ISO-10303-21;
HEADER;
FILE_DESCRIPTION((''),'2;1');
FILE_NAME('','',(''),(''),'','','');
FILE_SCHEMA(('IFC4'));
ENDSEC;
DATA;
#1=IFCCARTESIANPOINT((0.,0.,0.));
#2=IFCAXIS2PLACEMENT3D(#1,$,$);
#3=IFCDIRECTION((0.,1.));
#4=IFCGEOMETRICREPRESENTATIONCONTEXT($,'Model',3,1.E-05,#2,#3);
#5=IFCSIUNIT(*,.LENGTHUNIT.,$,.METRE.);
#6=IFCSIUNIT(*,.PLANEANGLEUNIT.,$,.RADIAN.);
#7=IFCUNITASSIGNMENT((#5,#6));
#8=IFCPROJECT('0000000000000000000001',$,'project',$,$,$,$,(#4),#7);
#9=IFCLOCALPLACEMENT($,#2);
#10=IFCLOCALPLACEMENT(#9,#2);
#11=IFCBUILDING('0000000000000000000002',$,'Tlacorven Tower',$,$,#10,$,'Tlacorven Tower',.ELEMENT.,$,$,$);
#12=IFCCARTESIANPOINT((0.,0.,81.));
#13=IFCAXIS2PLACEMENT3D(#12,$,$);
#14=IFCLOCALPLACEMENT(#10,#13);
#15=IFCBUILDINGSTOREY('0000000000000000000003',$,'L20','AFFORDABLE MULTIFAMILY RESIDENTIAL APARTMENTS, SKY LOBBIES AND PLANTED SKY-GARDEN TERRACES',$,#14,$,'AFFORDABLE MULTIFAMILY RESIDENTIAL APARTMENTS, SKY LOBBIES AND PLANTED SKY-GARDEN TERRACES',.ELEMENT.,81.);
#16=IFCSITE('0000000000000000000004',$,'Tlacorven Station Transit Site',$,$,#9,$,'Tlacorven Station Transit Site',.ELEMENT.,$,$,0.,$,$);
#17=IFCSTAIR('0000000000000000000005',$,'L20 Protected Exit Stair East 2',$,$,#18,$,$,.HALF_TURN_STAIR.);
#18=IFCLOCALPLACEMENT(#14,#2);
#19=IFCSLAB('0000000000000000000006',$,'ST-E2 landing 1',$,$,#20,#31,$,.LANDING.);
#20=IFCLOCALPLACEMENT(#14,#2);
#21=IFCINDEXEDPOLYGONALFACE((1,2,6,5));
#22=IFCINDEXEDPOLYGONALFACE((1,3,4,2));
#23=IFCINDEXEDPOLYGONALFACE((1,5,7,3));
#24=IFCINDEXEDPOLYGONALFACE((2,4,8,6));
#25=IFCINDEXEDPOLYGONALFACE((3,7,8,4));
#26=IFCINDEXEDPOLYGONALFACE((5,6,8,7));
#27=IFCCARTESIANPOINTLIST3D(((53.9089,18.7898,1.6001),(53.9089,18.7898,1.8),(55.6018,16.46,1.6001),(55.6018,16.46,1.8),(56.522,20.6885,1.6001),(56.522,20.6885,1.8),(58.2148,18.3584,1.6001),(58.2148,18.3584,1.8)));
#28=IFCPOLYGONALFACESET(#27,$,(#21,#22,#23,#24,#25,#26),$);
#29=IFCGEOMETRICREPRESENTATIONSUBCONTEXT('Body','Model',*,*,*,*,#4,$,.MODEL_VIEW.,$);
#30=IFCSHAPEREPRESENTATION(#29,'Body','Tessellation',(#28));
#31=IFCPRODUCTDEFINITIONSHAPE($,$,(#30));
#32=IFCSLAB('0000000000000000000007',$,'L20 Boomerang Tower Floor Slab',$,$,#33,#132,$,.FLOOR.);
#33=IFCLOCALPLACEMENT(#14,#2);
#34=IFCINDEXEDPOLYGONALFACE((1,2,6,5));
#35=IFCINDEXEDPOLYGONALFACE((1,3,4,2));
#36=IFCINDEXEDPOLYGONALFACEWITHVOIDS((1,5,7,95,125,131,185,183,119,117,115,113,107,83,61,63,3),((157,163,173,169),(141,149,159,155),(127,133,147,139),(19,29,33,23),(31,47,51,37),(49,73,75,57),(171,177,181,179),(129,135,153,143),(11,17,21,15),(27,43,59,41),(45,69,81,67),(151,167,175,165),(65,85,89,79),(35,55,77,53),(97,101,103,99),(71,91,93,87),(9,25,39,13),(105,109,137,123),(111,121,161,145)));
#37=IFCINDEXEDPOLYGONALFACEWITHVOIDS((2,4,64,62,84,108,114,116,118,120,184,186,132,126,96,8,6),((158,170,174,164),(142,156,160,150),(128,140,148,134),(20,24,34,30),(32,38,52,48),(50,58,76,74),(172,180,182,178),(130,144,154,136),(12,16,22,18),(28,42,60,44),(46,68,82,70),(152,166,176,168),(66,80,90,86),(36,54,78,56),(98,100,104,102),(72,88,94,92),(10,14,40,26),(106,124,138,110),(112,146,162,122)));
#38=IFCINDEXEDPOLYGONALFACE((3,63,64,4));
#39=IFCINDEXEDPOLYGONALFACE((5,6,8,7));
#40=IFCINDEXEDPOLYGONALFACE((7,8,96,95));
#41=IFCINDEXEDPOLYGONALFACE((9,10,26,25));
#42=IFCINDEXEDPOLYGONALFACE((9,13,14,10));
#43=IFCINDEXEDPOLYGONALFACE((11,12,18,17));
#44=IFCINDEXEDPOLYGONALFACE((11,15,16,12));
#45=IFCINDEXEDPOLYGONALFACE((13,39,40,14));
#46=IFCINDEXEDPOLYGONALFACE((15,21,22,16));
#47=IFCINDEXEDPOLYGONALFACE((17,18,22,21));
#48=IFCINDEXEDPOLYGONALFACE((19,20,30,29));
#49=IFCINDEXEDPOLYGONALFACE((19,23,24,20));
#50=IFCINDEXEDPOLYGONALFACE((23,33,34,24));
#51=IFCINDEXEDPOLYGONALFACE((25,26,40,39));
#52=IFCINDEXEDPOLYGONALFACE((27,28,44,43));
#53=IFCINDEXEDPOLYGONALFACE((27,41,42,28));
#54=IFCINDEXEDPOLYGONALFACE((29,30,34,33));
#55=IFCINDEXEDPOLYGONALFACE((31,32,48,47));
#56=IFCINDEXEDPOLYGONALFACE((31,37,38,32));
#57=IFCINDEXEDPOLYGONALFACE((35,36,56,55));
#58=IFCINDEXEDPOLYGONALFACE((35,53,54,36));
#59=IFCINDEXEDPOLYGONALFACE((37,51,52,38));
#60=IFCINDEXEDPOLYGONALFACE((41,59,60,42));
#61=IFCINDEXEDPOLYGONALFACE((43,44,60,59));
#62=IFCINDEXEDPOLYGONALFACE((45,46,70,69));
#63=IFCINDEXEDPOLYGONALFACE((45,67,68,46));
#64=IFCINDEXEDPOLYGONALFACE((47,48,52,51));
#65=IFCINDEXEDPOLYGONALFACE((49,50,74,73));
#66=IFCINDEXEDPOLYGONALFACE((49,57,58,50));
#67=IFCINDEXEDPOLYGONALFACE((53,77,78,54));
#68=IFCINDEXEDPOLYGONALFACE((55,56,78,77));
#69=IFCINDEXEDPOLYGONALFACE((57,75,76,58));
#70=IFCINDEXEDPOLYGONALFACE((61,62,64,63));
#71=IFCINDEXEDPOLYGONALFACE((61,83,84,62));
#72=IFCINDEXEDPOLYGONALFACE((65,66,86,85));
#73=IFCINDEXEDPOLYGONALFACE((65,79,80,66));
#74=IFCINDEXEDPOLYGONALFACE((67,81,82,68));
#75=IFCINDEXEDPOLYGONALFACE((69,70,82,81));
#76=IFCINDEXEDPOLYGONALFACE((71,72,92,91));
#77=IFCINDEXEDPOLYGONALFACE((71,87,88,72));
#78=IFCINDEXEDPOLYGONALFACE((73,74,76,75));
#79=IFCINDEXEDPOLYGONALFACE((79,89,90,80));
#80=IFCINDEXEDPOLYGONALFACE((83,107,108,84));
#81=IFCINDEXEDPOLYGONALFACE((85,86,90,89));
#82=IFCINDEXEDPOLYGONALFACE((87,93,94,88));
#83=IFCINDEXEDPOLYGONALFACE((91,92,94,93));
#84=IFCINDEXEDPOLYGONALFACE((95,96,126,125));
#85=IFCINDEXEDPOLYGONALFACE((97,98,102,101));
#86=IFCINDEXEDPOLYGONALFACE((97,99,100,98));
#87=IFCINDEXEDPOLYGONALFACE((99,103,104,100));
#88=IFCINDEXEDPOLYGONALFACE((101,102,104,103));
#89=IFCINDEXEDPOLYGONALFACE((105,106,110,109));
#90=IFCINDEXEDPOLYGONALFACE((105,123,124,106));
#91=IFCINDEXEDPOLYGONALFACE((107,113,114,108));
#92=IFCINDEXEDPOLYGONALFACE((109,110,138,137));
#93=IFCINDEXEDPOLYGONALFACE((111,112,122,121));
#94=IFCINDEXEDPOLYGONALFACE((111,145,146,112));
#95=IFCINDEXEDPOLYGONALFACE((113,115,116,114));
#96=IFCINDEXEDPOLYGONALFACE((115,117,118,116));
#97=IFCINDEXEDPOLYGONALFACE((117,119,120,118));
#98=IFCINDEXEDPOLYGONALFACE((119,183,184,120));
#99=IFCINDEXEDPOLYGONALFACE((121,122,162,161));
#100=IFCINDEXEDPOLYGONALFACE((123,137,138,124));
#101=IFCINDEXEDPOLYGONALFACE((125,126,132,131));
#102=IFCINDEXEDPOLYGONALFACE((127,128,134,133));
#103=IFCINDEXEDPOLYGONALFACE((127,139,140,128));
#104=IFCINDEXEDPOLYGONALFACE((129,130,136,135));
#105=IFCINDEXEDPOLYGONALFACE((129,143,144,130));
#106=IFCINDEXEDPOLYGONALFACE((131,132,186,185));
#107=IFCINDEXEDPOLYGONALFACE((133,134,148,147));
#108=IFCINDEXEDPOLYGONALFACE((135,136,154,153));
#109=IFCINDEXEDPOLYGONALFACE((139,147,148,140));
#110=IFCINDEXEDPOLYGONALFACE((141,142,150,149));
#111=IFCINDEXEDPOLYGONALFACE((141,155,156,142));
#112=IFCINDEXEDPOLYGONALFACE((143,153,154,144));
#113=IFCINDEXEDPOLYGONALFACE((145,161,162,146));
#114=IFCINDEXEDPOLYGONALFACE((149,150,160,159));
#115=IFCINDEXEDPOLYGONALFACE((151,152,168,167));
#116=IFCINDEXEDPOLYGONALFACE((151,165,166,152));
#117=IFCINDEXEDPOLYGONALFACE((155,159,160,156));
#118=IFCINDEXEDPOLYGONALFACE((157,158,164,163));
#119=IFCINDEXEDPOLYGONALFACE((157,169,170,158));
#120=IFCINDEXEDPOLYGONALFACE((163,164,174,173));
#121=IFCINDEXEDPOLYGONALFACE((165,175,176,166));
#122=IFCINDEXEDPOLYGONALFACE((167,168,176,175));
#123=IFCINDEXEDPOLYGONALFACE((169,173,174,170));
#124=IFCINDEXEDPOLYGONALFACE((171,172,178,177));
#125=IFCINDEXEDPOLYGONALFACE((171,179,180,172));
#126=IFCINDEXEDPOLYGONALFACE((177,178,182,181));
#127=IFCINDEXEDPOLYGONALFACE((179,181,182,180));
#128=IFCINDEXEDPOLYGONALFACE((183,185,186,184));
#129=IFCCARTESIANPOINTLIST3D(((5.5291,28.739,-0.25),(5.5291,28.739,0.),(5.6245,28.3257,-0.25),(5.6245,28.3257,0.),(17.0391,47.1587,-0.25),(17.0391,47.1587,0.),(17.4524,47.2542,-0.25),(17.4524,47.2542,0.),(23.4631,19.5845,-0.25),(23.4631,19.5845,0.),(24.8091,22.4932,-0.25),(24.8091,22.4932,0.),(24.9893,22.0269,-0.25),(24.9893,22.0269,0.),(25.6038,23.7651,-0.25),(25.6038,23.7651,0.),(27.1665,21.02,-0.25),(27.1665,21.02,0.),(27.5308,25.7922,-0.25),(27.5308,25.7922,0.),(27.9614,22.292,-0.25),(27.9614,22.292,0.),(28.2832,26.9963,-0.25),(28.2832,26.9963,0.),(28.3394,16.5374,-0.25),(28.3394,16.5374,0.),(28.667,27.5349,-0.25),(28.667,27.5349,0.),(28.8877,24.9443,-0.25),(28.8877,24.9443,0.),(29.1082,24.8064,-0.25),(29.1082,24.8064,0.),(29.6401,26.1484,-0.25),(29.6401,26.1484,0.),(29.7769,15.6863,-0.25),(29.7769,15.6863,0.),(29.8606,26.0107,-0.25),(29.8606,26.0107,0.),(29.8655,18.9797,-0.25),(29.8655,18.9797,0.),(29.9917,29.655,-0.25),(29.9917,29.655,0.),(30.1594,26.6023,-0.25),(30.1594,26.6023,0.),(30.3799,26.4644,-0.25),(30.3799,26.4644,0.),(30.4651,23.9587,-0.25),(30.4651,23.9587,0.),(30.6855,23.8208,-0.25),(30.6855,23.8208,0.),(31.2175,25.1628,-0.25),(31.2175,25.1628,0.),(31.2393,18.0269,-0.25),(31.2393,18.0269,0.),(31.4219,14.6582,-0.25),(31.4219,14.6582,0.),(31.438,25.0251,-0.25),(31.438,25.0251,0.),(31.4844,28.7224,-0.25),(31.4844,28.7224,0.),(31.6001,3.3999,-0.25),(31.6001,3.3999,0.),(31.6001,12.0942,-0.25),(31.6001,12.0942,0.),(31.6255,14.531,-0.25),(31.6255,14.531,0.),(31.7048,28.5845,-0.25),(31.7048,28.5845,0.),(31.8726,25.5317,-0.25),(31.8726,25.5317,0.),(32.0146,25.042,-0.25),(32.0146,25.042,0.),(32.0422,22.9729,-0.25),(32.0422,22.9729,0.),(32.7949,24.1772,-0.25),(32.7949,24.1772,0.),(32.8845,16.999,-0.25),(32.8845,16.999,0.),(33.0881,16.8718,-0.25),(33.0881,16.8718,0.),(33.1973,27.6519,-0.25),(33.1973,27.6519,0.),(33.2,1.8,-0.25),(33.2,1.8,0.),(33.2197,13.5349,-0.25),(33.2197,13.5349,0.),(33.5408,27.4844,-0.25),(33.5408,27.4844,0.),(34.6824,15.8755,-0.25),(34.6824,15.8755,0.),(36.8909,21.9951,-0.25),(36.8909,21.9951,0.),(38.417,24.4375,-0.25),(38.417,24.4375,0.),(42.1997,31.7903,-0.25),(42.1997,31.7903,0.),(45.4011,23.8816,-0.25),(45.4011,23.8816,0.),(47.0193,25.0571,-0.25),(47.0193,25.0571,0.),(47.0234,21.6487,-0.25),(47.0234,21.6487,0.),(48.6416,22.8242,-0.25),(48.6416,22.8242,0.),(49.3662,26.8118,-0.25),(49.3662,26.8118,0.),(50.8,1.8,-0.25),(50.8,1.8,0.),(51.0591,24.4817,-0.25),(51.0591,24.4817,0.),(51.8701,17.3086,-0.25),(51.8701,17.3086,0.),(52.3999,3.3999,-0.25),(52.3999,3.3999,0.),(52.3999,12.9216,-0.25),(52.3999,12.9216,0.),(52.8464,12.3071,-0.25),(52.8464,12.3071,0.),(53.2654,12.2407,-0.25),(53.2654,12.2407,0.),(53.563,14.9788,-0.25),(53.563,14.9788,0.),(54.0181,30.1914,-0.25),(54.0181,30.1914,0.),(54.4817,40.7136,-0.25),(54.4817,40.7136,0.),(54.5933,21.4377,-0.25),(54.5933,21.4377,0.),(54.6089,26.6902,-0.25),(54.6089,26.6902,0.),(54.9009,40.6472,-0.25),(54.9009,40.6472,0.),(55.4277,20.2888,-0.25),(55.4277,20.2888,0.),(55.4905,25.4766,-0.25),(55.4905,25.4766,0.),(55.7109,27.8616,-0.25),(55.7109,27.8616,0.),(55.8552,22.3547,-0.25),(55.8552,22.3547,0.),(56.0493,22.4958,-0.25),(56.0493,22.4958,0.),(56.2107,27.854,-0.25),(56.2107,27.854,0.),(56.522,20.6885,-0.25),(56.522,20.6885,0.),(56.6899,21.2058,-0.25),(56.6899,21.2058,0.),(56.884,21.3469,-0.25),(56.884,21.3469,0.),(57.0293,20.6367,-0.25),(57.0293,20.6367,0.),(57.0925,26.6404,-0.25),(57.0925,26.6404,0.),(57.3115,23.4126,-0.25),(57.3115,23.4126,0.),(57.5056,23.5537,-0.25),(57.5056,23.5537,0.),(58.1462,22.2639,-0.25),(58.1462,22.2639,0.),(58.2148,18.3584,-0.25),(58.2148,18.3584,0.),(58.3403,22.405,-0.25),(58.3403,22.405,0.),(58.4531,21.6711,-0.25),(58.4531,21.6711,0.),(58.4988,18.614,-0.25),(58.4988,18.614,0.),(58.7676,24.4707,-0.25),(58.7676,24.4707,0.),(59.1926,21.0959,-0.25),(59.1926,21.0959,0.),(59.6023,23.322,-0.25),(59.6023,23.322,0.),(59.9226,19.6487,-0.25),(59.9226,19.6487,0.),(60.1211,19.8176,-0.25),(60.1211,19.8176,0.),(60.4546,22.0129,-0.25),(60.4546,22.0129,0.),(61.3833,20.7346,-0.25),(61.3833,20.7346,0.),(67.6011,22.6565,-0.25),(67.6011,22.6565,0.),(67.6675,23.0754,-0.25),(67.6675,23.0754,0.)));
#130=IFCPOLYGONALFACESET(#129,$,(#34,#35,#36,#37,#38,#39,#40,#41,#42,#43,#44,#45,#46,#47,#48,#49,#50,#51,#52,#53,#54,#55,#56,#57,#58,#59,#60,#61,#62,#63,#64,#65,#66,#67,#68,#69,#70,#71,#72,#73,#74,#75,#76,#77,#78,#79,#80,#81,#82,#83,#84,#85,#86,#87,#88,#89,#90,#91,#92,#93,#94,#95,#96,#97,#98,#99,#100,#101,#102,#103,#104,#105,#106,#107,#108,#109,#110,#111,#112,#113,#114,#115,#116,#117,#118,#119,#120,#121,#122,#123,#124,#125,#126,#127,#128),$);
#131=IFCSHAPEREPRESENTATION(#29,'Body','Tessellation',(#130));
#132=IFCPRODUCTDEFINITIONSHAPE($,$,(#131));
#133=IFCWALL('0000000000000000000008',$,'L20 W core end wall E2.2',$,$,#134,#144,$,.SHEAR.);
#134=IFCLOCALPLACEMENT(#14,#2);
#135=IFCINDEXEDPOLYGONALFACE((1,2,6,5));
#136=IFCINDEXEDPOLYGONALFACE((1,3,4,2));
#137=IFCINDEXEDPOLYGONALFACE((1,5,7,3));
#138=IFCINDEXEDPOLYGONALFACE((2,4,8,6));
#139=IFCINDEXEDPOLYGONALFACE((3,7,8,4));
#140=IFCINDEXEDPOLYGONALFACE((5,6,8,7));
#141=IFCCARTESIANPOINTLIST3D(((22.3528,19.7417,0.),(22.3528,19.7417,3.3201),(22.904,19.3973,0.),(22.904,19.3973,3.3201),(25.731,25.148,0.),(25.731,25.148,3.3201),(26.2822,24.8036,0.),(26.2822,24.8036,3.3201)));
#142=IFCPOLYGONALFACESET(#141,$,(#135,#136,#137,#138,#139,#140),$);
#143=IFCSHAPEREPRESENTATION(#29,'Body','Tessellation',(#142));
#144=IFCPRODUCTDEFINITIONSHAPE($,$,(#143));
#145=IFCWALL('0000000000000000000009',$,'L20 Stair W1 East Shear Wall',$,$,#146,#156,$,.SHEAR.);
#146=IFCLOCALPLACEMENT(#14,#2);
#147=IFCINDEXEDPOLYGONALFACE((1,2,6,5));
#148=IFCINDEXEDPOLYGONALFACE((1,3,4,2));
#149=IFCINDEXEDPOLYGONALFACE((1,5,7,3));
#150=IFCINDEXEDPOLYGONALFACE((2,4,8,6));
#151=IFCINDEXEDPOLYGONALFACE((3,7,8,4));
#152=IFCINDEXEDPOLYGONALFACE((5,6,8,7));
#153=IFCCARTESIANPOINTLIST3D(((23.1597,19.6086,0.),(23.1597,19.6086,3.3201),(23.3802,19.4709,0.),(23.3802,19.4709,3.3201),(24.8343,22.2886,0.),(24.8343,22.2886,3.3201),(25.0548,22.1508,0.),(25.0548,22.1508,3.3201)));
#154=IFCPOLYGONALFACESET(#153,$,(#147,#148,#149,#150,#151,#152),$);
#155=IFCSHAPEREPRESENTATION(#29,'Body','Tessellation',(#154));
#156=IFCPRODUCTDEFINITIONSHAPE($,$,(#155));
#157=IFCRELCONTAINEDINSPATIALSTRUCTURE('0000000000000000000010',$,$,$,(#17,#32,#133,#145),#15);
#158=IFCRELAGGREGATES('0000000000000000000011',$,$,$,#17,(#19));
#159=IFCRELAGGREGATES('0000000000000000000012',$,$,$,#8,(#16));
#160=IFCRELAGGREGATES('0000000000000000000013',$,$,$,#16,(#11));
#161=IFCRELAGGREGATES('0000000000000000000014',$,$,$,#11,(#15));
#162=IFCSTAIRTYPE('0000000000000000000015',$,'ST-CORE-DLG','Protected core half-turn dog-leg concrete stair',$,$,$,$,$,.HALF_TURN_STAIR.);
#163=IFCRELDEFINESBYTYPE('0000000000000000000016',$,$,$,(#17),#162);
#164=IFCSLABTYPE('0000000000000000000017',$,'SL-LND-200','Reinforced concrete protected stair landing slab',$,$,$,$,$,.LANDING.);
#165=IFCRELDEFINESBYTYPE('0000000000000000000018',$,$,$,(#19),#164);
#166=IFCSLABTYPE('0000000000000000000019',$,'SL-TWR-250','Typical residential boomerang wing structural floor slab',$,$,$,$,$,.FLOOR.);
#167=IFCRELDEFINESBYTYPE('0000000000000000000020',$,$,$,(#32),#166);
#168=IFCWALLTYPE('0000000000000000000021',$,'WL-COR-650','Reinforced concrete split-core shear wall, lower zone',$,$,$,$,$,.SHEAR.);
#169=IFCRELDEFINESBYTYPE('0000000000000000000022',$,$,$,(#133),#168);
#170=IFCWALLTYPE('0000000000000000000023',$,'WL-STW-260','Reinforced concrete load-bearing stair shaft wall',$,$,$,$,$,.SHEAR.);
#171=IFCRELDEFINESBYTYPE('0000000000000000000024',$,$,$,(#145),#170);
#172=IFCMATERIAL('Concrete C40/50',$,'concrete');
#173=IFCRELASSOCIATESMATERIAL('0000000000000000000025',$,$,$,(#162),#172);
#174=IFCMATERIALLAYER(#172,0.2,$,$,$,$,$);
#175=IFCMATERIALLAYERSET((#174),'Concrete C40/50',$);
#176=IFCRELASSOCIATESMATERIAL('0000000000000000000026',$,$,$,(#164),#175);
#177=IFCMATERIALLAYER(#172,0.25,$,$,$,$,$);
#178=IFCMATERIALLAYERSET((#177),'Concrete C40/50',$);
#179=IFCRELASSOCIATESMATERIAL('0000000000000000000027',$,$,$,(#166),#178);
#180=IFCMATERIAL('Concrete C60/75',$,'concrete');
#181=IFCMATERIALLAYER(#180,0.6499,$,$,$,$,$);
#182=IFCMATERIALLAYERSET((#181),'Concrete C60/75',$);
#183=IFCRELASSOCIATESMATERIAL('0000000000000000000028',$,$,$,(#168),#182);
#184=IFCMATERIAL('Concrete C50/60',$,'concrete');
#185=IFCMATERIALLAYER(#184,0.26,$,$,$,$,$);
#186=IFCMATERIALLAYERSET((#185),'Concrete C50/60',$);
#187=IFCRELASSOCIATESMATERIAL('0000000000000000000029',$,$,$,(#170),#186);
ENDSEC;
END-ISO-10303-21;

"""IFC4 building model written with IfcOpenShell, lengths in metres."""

from ifc_helpers import new_model, si_unit, direction, frame, frame_2d, origin, place, context, subcontext, project, spatial, polyline, rectangle, outline, extrude, material, layer, layer_set, type_object, element, aggregate, save


model = new_model("IFC4")

# Units and contexts
model_context = context("Model", 3, precision=1e-05, world=origin(), true_north=direction((0.0, 1.0)))
body_context = subcontext(model_context, "Body", "Model", "MODEL_VIEW")
ifc_project = project(units=[si_unit("LENGTHUNIT", "METRE"), si_unit("PLANEANGLEUNIT", "RADIAN")], contexts=[model_context])

# Site, building, storey
site_placement = place(None, origin())
site = spatial("IfcSite", under=ifc_project, at=site_placement, Name="Tlacorven Station Transit Site", LongName="Tlacorven Station Transit Site", CompositionType="ELEMENT", RefElevation=0.0)
building_placement = place(site_placement, origin())
building = spatial("IfcBuilding", under=site, at=building_placement, Name="Tlacorven Tower", LongName="Tlacorven Tower", CompositionType="ELEMENT")
storey_placement = place(building_placement, frame((0.0, 0.0, 81.0)))
storey = spatial("IfcBuildingStorey", under=building, at=storey_placement, Name="L20", Description="AFFORDABLE MULTIFAMILY RESIDENTIAL APARTMENTS, SKY LOBBIES AND PLANTED SKY-GARDEN TERRACES", LongName="AFFORDABLE MULTIFAMILY RESIDENTIAL APARTMENTS, SKY LOBBIES AND PLANTED SKY-GARDEN TERRACES", CompositionType="ELEMENT", Elevation=81.0)

# Stair, slab
ifc_material_1 = material(Name="Concrete C40/50", Category="concrete")
stair_type = type_object("IfcStairType", Name="ST-CORE-DLG", Description="Protected core half-turn dog-leg concrete stair", PredefinedType="HALF_TURN_STAIR", material=ifc_material_1)
ifc_layer_1 = layer(ifc_material_1, 0.2)
ifc_layer_set_1 = layer_set([ifc_layer_1], Name="Concrete C40/50")
slab_type_1 = type_object("IfcSlabType", Name="SL-LND-200", Description="Reinforced concrete protected stair landing slab", PredefinedType="LANDING", material=ifc_layer_set_1)
stair_1_placement = place(storey_placement, origin())
stair_1 = element("IfcStair", 1, at=stair_1_placement, inside=storey, type_object=stair_type, Name="L20 Protected Exit Stair East 2", PredefinedType="HALF_TURN_STAIR")
slab_1_placement = place(storey_placement, frame((0.0, 0.0, 1.6001)))
slab_1 = element("IfcSlab", 2, at=slab_1_placement, type_object=slab_type_1, Name="ST-E2 landing 1", PredefinedType="LANDING", context=body_context, shape_type="SweptSolid", body=[
    extrude(outline(polyline([(55.6018, 16.46), (58.2148, 18.3584), (56.522, 20.6885), (53.9089, 18.7898), (55.6018, 16.46)])), origin(), (0.0, 0.0, 1.0), 0.2),
])
aggregate(stair_1, [slab_1])

# Slab
ifc_layer_2 = layer(ifc_material_1, 0.25)
ifc_layer_set_2 = layer_set([ifc_layer_2], Name="Concrete C40/50")
slab_type_2 = type_object("IfcSlabType", Name="SL-TWR-250", Description="Typical residential boomerang wing structural floor slab", PredefinedType="FLOOR", material=ifc_layer_set_2)
slab_2_placement = place(storey_placement, frame((0.0, 0.0, -0.25)))
element("IfcSlab", 3, at=slab_2_placement, inside=storey, type_object=slab_type_2, Name="L20 Boomerang Tower Floor Slab", PredefinedType="FLOOR", context=body_context, shape_type="SweptSolid", body=[
    extrude(outline(polyline([(52.3999, 3.3999), (50.8, 1.8), (33.2, 1.8), (31.6001, 3.3999), (31.6001, 12.0942), (5.6245, 28.3257), (5.5291, 28.739), (17.0391, 47.1587), (17.4524, 47.2542), (42.1997, 31.7903), (54.4817, 40.7136), (54.9009, 40.6472), (67.6675, 23.0754), (67.6011, 22.6565), (53.2654, 12.2407), (52.8464, 12.3071), (52.3999, 12.9216), (52.3999, 3.3999)]), holes=[polyline([(29.8655, 18.9797), (24.9893, 22.0269), (23.4631, 19.5845), (28.3394, 16.5374), (29.8655, 18.9797)]), polyline([(38.417, 24.4375), (33.5408, 27.4844), (32.0146, 25.042), (36.8909, 21.9951), (38.417, 24.4375)]), polyline([(51.0591, 24.4817), (55.7109, 27.8616), (54.0181, 30.1914), (49.3662, 26.8118), (51.0591, 24.4817)]), polyline([(53.563, 14.9788), (58.2148, 18.3584), (56.522, 20.6885), (51.8701, 17.3086), (53.563, 14.9788)]), polyline([(34.6824, 15.8755), (33.0881, 16.8718), (31.6255, 14.531), (33.2197, 13.5349), (34.6824, 15.8755)]), polyline([(32.8845, 16.999), (31.2393, 18.0269), (29.7769, 15.6863), (31.4219, 14.6582), (32.8845, 16.999)]), polyline([(47.0234, 21.6487), (48.6416, 22.8242), (47.0193, 25.0571), (45.4011, 23.8816), (47.0234, 21.6487)]), polyline([(33.1973, 27.6519), (31.7048, 28.5845), (30.3799, 26.4644), (31.8726, 25.5317), (33.1973, 27.6519)]), polyline([(31.4844, 28.7224), (29.9917, 29.655), (28.667, 27.5349), (30.1594, 26.6023), (31.4844, 28.7224)]), polyline([(32.7949, 24.1772), (31.438, 25.0251), (30.6855, 23.8208), (32.0422, 22.9729), (32.7949, 24.1772)]), polyline([(31.2175, 25.1628), (29.8606, 26.0107), (29.1082, 24.8064), (30.4651, 23.9587), (31.2175, 25.1628)]), polyline([(29.6401, 26.1484), (28.2832, 26.9963), (27.5308, 25.7922), (28.8877, 24.9443), (29.6401, 26.1484)]), polyline([(55.4277, 20.2888), (56.6899, 21.2058), (55.8552, 22.3547), (54.5933, 21.4377), (55.4277, 20.2888)]), polyline([(56.884, 21.3469), (58.1462, 22.2639), (57.3115, 23.4126), (56.0493, 22.4958), (56.884, 21.3469)]), polyline([(58.3403, 22.405), (59.6023, 23.322), (58.7676, 24.4707), (57.5056, 23.5537), (58.3403, 22.405)]), polyline([(58.4988, 18.614), (59.9226, 19.6487), (58.4531, 21.6711), (57.0293, 20.6367), (58.4988, 18.614)]), polyline([(27.9614, 22.292), (25.6038, 23.7651), (24.8091, 22.4932), (27.1665, 21.02), (27.9614, 22.292)]), polyline([(55.4905, 25.4766), (57.0925, 26.6404), (56.2107, 27.854), (54.6089, 26.6902), (55.4905, 25.4766)]), polyline([(60.1211, 19.8176), (61.3833, 20.7346), (60.4546, 22.0129), (59.1926, 21.0959), (60.1211, 19.8176)])]), origin(), (0.0, 0.0, 1.0), 0.25),
])

# Walls
ifc_material_2 = material(Name="Concrete C60/75", Category="concrete")
ifc_layer_3 = layer(ifc_material_2, 0.6499)
ifc_layer_set_3 = layer_set([ifc_layer_3], Name="Concrete C60/75")
wall_type_1 = type_object("IfcWallType", Name="WL-COR-650", Description="Reinforced concrete split-core shear wall, lower zone", PredefinedType="SHEAR", material=ifc_layer_set_3)
wall_1_placement = place(storey_placement, frame((26.0066, 24.9758, 0.0), z_axis=(0.0, 0.0, 1.0), x_axis=(-0.529916, -0.84805, 0.0)))
element("IfcWall", 4, at=wall_1_placement, inside=storey, type_object=wall_type_1, Name="L20 W core end wall E2.2", PredefinedType="SHEAR", context=body_context, shape_type="SweptSolid", body=[
    extrude(rectangle(XDim=6.375, YDim=0.6499, at=frame_2d((3.1875, 0.0))), origin(), (0.0, 0.0, 1.0), 3.3201),
])
ifc_material_3 = material(Name="Concrete C50/60", Category="concrete")
ifc_layer_4 = layer(ifc_material_3, 0.26)
ifc_layer_set_4 = layer_set([ifc_layer_4], Name="Concrete C50/60")
wall_type_2 = type_object("IfcWallType", Name="WL-STW-260", Description="Reinforced concrete load-bearing stair shaft wall", PredefinedType="SHEAR", material=ifc_layer_set_4)
wall_2_placement = place(storey_placement, frame((24.9446, 22.2197, 0.0), z_axis=(0.0, 0.0, 1.0), x_axis=(-0.529909, -0.848055, 0.0)))
element("IfcWall", 5, at=wall_2_placement, inside=storey, type_object=wall_type_2, Name="L20 Stair W1 East Shear Wall", PredefinedType="SHEAR", context=body_context, shape_type="SweptSolid", body=[
    extrude(rectangle(XDim=3.1602, YDim=0.26, at=frame_2d((1.5801, 0.0))), origin(), (0.0, 0.0, 1.0), 3.3201),
])

save(model, "model.ifc")
